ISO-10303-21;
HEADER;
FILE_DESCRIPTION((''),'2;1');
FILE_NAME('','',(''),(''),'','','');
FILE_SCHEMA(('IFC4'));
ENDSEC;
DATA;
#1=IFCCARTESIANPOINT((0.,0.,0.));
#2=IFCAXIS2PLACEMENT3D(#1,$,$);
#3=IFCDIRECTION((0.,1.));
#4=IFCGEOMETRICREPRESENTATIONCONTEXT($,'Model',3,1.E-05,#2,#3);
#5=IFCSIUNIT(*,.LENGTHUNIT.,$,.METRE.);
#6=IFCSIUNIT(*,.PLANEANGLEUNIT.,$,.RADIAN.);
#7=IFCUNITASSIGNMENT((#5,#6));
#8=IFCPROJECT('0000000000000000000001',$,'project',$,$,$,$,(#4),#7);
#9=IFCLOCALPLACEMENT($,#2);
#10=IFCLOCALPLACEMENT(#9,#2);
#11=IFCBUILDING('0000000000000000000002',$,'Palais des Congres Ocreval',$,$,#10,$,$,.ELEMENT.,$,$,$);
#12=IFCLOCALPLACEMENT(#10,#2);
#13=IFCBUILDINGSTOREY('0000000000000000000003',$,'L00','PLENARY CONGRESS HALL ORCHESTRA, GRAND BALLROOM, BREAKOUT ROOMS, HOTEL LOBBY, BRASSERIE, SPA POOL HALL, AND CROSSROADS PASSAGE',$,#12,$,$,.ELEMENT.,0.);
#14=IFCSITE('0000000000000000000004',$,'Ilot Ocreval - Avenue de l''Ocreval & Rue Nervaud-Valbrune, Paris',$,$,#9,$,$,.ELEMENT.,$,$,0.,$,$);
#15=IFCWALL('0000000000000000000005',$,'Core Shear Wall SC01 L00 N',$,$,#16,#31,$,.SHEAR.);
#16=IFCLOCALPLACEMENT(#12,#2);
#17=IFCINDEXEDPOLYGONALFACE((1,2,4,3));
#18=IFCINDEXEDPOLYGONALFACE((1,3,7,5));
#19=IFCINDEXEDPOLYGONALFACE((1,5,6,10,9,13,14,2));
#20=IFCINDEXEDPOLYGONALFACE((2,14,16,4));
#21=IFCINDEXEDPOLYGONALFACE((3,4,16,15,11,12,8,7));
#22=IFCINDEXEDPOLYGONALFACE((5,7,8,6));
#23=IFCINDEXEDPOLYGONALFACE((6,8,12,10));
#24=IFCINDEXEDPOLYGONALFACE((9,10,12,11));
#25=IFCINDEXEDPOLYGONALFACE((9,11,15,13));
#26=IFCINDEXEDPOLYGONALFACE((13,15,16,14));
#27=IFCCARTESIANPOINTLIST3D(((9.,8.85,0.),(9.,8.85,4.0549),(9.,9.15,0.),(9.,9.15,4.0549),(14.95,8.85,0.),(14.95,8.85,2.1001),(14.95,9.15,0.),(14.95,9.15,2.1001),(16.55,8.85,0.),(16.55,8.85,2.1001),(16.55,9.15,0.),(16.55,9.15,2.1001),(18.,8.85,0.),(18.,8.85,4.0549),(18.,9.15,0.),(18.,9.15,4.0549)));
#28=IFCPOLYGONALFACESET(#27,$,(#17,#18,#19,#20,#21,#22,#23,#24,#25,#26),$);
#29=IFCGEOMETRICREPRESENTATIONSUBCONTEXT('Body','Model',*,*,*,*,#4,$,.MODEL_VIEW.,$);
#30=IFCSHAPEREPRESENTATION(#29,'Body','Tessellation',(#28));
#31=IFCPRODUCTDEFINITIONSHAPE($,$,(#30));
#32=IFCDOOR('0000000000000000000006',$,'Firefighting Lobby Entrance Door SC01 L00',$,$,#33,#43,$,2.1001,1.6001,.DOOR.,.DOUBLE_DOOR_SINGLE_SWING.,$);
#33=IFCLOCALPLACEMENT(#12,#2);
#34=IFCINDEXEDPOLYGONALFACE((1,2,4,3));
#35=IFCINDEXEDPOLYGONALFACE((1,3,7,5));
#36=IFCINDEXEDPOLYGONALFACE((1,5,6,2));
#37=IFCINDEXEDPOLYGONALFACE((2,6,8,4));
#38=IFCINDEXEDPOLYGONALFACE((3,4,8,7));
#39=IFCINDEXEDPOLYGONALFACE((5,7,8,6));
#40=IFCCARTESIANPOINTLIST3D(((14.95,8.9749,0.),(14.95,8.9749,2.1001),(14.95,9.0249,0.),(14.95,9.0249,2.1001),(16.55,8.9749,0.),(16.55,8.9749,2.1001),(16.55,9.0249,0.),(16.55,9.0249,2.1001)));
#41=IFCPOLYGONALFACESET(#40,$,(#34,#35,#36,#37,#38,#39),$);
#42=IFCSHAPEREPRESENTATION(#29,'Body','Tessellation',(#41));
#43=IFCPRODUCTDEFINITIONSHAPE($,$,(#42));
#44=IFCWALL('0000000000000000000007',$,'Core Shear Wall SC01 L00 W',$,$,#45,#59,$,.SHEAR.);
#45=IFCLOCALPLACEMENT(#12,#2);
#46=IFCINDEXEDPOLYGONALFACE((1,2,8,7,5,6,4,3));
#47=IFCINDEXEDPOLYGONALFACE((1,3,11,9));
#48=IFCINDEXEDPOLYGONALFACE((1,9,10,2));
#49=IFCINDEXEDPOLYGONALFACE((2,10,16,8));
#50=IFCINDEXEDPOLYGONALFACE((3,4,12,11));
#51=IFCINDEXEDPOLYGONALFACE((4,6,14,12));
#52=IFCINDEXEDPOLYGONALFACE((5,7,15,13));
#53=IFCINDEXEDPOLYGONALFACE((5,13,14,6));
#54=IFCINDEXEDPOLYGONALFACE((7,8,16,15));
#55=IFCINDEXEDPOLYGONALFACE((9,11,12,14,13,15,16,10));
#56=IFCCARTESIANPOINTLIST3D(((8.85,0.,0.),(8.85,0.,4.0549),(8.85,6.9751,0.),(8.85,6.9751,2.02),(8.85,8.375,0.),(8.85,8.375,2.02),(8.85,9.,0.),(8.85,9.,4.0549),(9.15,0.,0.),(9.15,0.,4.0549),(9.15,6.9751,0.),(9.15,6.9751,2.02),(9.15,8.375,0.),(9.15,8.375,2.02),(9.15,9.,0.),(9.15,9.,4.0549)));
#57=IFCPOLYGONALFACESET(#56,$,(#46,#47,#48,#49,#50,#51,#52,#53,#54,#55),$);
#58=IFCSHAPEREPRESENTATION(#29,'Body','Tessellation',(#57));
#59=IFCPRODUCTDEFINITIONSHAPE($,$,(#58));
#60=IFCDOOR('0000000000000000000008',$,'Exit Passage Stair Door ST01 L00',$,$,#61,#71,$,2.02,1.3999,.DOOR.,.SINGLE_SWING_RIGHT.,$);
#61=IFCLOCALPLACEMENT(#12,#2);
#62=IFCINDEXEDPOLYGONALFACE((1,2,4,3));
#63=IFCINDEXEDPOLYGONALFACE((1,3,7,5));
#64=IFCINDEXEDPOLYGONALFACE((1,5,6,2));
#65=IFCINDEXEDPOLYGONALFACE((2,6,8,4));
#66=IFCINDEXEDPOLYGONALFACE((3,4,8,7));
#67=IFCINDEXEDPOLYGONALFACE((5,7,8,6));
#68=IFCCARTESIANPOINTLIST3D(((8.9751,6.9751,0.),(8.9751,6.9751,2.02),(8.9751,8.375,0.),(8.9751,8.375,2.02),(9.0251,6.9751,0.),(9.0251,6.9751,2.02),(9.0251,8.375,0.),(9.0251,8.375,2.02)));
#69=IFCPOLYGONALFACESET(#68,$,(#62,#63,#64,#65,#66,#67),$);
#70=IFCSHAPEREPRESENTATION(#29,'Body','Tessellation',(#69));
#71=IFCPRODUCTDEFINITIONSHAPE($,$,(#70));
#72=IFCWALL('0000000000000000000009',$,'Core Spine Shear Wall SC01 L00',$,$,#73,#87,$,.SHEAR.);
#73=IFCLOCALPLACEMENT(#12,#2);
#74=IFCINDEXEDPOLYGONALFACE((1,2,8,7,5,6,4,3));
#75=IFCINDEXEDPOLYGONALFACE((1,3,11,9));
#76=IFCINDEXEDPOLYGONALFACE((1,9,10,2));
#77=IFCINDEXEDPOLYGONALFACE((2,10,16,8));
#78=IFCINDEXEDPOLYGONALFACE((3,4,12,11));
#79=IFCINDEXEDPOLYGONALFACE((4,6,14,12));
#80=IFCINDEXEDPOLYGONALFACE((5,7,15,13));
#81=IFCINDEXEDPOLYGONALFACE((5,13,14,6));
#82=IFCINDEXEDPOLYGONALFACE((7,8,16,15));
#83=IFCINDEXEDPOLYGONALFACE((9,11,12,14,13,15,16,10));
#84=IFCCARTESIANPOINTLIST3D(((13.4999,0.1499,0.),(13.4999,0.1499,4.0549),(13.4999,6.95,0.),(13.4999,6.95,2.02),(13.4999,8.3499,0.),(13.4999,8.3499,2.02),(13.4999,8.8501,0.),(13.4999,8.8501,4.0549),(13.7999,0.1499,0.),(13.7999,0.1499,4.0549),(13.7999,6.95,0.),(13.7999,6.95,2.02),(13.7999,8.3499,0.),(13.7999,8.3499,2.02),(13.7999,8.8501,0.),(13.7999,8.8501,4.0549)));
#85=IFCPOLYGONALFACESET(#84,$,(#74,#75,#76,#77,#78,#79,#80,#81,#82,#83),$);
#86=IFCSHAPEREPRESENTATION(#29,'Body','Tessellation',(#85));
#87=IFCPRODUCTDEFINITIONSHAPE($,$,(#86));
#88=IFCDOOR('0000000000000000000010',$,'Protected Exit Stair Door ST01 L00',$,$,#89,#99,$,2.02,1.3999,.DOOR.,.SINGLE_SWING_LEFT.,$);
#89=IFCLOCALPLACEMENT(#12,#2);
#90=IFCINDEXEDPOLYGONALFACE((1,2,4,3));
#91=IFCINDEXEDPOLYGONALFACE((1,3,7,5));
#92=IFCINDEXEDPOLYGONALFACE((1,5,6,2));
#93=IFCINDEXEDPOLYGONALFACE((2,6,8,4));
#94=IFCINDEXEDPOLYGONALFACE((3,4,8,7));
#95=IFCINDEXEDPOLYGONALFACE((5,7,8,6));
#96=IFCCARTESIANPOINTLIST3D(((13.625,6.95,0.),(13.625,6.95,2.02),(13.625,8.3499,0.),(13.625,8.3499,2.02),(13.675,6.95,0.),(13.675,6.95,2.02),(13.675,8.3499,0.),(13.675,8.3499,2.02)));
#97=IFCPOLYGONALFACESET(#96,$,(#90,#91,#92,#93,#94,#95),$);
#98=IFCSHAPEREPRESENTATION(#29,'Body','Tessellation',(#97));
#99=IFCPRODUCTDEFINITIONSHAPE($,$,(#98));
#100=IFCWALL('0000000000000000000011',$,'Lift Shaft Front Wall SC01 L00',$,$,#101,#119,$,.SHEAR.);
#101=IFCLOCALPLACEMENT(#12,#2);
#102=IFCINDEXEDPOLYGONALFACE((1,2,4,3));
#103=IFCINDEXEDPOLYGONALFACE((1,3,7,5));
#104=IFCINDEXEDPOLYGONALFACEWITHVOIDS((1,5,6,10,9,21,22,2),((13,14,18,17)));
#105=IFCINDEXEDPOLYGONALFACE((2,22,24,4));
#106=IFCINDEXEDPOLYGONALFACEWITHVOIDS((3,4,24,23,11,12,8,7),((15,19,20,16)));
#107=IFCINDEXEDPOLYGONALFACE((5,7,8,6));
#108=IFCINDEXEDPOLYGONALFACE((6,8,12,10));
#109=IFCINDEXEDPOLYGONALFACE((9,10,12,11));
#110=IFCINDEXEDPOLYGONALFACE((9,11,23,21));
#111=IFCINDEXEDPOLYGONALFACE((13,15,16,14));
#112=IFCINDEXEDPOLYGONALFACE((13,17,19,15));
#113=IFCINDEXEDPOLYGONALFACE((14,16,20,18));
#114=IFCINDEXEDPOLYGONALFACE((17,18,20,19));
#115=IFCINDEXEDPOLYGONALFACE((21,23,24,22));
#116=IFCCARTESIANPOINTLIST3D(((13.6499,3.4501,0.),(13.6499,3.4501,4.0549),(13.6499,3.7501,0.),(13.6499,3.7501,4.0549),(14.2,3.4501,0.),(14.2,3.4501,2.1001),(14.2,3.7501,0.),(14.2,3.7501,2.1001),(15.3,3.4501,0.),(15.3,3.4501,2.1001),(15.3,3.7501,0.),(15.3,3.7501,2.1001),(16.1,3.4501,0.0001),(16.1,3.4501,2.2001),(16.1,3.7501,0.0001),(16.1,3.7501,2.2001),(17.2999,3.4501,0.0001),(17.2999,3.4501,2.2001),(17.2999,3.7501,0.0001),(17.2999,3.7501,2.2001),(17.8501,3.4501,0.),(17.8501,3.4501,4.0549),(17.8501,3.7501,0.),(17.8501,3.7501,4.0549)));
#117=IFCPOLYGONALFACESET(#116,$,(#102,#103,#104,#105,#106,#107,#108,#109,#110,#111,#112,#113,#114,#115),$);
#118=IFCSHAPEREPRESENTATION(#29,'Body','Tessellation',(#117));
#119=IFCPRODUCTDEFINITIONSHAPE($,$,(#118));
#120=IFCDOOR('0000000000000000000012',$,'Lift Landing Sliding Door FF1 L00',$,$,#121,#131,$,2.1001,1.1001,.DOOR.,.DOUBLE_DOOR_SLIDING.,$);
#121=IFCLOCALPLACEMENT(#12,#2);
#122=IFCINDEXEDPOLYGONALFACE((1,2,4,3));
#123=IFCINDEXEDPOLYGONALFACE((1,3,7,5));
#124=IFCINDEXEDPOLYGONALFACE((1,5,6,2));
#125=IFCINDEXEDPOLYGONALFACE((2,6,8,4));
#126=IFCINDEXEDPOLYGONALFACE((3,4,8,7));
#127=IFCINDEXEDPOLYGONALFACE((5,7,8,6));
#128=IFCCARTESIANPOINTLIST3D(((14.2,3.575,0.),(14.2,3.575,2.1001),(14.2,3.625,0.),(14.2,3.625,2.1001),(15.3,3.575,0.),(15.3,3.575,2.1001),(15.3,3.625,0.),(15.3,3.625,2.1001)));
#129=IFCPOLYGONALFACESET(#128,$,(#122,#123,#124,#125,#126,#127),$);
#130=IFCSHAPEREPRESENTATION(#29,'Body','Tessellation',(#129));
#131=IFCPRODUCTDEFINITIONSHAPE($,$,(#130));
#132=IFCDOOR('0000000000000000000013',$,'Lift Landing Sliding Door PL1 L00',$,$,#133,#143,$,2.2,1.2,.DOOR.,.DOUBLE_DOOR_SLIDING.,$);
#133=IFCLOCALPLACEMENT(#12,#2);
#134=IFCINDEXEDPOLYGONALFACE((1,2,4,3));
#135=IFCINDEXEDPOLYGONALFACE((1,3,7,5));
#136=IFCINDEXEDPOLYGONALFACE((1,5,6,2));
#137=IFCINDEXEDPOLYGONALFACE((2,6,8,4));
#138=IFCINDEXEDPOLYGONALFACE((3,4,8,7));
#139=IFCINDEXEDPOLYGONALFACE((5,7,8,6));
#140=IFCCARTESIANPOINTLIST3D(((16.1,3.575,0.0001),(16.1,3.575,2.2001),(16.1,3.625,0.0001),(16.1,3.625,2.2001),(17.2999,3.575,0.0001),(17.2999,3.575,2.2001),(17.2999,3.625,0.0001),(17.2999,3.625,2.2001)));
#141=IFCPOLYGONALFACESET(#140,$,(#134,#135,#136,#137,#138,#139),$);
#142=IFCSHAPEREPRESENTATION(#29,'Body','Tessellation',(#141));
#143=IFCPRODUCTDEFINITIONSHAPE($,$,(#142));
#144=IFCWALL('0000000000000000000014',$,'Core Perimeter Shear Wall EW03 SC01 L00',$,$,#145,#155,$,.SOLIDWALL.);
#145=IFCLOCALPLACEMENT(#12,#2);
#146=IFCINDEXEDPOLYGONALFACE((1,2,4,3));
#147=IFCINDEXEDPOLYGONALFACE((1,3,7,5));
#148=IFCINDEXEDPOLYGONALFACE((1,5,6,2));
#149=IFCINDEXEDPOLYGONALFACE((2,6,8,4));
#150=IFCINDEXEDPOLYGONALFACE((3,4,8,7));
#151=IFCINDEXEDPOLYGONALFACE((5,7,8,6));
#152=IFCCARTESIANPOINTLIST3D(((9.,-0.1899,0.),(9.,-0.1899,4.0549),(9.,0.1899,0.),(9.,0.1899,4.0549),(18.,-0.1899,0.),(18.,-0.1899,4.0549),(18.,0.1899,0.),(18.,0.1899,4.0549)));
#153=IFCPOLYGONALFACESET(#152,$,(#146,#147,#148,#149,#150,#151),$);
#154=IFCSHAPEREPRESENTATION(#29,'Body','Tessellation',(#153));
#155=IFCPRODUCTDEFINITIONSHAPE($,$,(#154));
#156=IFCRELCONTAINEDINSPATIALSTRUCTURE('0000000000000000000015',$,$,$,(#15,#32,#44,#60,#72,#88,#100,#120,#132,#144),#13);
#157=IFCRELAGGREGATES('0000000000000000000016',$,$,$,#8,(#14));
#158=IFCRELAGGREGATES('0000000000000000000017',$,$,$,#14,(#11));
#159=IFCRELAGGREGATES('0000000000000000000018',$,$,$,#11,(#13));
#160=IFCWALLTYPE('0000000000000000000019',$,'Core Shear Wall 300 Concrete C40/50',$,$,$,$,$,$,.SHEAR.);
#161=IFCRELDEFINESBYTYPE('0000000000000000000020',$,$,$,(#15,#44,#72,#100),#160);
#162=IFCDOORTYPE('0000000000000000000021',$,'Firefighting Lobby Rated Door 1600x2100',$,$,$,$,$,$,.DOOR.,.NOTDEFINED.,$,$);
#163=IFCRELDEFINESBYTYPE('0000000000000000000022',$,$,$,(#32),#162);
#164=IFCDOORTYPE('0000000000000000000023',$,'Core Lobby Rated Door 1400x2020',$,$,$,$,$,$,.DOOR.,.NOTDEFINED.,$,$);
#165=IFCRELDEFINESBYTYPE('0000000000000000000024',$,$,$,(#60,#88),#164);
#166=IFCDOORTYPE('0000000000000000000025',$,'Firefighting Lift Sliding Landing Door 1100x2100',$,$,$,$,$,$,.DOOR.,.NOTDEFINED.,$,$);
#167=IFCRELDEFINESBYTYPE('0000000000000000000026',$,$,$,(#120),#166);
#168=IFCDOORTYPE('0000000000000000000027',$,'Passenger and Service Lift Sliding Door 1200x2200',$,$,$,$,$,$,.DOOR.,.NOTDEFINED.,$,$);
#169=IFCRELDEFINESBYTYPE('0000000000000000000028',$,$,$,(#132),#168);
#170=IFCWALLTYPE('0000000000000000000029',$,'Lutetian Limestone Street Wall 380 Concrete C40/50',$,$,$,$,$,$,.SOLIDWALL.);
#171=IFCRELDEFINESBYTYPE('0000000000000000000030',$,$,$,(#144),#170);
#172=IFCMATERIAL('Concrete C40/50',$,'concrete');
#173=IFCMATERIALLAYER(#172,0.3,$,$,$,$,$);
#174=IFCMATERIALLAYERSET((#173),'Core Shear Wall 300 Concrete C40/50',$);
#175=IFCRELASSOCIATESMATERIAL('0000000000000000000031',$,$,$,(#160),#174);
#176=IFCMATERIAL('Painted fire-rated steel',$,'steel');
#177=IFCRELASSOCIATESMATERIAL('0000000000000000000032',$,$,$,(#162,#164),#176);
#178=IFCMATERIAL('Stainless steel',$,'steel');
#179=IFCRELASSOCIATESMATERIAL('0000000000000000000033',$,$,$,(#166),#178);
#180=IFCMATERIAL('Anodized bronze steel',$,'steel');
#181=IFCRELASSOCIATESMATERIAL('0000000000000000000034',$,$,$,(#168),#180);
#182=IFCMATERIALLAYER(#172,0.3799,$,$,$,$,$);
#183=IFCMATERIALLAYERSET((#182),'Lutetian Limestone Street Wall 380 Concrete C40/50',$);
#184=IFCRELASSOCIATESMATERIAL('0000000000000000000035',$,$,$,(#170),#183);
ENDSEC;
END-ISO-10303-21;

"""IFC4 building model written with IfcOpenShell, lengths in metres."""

from ifc_helpers import new_model, si_unit, direction, frame, frame_2d, origin, place, context, subcontext, project, spatial, rectangle, extrude, material, layer, layer_set, type_object, element, fill, save


model = new_model("IFC4")

# Units and contexts
model_context = context("Model", 3, precision=1e-05, world=origin(), true_north=direction((0.0, 1.0)))
body_context = subcontext(model_context, "Body", "Model", "MODEL_VIEW")
ifc_project = project(units=[si_unit("LENGTHUNIT", "METRE"), si_unit("PLANEANGLEUNIT", "RADIAN")], contexts=[model_context])

# Site, building, storey
site_placement = place(None, origin())
site = spatial("IfcSite", under=ifc_project, at=site_placement, Name="Ilot Ocreval - Avenue de l'Ocreval & Rue Nervaud-Valbrune, Paris", CompositionType="ELEMENT", RefElevation=0.0)
building_placement = place(site_placement, origin())
building = spatial("IfcBuilding", under=site, at=building_placement, Name="Palais des Congres Ocreval", CompositionType="ELEMENT")
storey_placement = place(building_placement, origin())
storey = spatial("IfcBuildingStorey", under=building, at=storey_placement, Name="L00", Description="PLENARY CONGRESS HALL ORCHESTRA, GRAND BALLROOM, BREAKOUT ROOMS, HOTEL LOBBY, BRASSERIE, SPA POOL HALL, AND CROSSROADS PASSAGE", CompositionType="ELEMENT", Elevation=0.0)

# Shared definitions
ifc_material_1 = material(Name="Concrete C40/50", Category="concrete")

# Shared definitions
ifc_layer_1 = layer(ifc_material_1, 0.3)
ifc_layer_set_1 = layer_set([ifc_layer_1], Name="Core Shear Wall 300 Concrete C40/50")
wall_type_1 = type_object("IfcWallType", Name="Core Shear Wall 300 Concrete C40/50", PredefinedType="SHEAR", material=ifc_layer_set_1)

# Walls, openings, doors
wall_1_placement = place(storey_placement, frame((9.0, 9.0, 0.0), z_axis=(0.0, 0.0, 1.0), x_axis=(1.0, 0.0, 0.0)))
wall_1 = element("IfcWall", 1, at=wall_1_placement, inside=storey, type_object=wall_type_1, Name="Core Shear Wall SC01 L00 N", PredefinedType="SHEAR", context=body_context, shape_type="SweptSolid", body=[
    extrude(rectangle(XDim=9.0, YDim=0.3, at=frame_2d((4.5, 0.0))), origin(), (0.0, 0.0, 1.0), 4.0549),
])
opening_1_placement = place(wall_1_placement, frame((5.95, 0.0, 0.0)))
opening_1 = element("IfcOpeningElement", 2, at=opening_1_placement, cuts=wall_1, PredefinedType="OPENING", context=body_context, shape_type="SweptSolid", body=[
    extrude(rectangle(XDim=1.6001, YDim=2.1001, at=frame_2d((0.8, 1.05))), frame((0.0, 0.1599, 0.0), z_axis=(0.0, -1.0, 0.0), x_axis=(1.0, 0.0, 0.0)), (0.0, 0.0, 1.0), 0.3201),
])
ifc_material_2 = material(Name="Painted fire-rated steel", Category="steel")
door_type_1 = type_object("IfcDoorType", Name="Firefighting Lobby Rated Door 1600x2100", OperationType="NOTDEFINED", PredefinedType="DOOR", material=ifc_material_2)
door_1_placement = place(opening_1_placement, origin())
door_1 = element("IfcDoor", 3, at=door_1_placement, inside=storey, type_object=door_type_1, Name="Firefighting Lobby Entrance Door SC01 L00", OperationType="DOUBLE_DOOR_SINGLE_SWING", OverallHeight=2.1001, OverallWidth=1.6001, PredefinedType="DOOR", context=body_context, shape_type="SweptSolid", body=[
    extrude(rectangle(XDim=1.6001, YDim=2.1001, at=frame_2d((0.8, 1.05))), frame((0.0, 0.0249, 0.0), z_axis=(0.0, -1.0, 0.0), x_axis=(1.0, 0.0, 0.0)), (0.0, 0.0, 1.0), 0.05),
])
fill(opening_1, door_1)
wall_2_placement = place(storey_placement, frame((9.0, 0.0, 0.0), z_axis=(0.0, 0.0, 1.0), x_axis=(0.0, 1.0, 0.0)))
wall_2 = element("IfcWall", 4, at=wall_2_placement, inside=storey, type_object=wall_type_1, Name="Core Shear Wall SC01 L00 W", PredefinedType="SHEAR", context=body_context, shape_type="SweptSolid", body=[
    extrude(rectangle(XDim=9.0, YDim=0.3, at=frame_2d((4.5, 0.0))), origin(), (0.0, 0.0, 1.0), 4.0549),
])
opening_2_placement = place(wall_2_placement, frame((6.9751, 0.0, 0.0)))
opening_2 = element("IfcOpeningElement", 5, at=opening_2_placement, cuts=wall_2, PredefinedType="OPENING", context=body_context, shape_type="SweptSolid", body=[
    extrude(rectangle(XDim=1.3999, YDim=2.02, at=frame_2d((0.7, 1.01))), frame((0.0, 0.1599, 0.0), z_axis=(0.0, -1.0, 0.0), x_axis=(1.0, 0.0, 0.0)), (0.0, 0.0, 1.0), 0.3201),
])
door_type_2 = type_object("IfcDoorType", Name="Core Lobby Rated Door 1400x2020", OperationType="NOTDEFINED", PredefinedType="DOOR", material=ifc_material_2)
door_2_placement = place(opening_2_placement, origin())
door_2 = element("IfcDoor", 6, at=door_2_placement, inside=storey, type_object=door_type_2, Name="Exit Passage Stair Door ST01 L00", OperationType="SINGLE_SWING_RIGHT", OverallHeight=2.02, OverallWidth=1.3999, PredefinedType="DOOR", context=body_context, shape_type="SweptSolid", body=[
    extrude(rectangle(XDim=1.3999, YDim=2.02, at=frame_2d((0.7, 1.01))), frame((0.0, 0.0249, 0.0), z_axis=(0.0, -1.0, 0.0), x_axis=(1.0, 0.0, 0.0)), (0.0, 0.0, 1.0), 0.05),
])
fill(opening_2, door_2)
wall_3_placement = place(storey_placement, frame((13.6499, 0.1499, 0.0), z_axis=(0.0, 0.0, 1.0), x_axis=(0.0, 1.0, 0.0)))
wall_3 = element("IfcWall", 7, at=wall_3_placement, inside=storey, type_object=wall_type_1, Name="Core Spine Shear Wall SC01 L00", PredefinedType="SHEAR", context=body_context, shape_type="SweptSolid", body=[
    extrude(rectangle(XDim=8.7002, YDim=0.3, at=frame_2d((4.3501, 0.0))), origin(), (0.0, 0.0, 1.0), 4.0549),
])
opening_3_placement = place(wall_3_placement, frame((6.8, 0.0, 0.0)))
opening_3 = element("IfcOpeningElement", 8, at=opening_3_placement, cuts=wall_3, PredefinedType="OPENING", context=body_context, shape_type="SweptSolid", body=[
    extrude(rectangle(XDim=1.3999, YDim=2.02, at=frame_2d((0.7, 1.01))), frame((0.0, 0.1599, 0.0), z_axis=(0.0, -1.0, 0.0), x_axis=(1.0, 0.0, 0.0)), (0.0, 0.0, 1.0), 0.3201),
])
door_3_placement = place(opening_3_placement, origin())
door_3 = element("IfcDoor", 9, at=door_3_placement, inside=storey, type_object=door_type_2, Name="Protected Exit Stair Door ST01 L00", OperationType="SINGLE_SWING_LEFT", OverallHeight=2.02, OverallWidth=1.3999, PredefinedType="DOOR", context=body_context, shape_type="SweptSolid", body=[
    extrude(rectangle(XDim=1.3999, YDim=2.02, at=frame_2d((0.7, 1.01))), frame((0.0, 0.0249, 0.0), z_axis=(0.0, -1.0, 0.0), x_axis=(1.0, 0.0, 0.0)), (0.0, 0.0, 1.0), 0.05),
])
fill(opening_3, door_3)

# Wall, openings, doors
wall_4_placement = place(storey_placement, frame((13.6499, 3.6001, 0.0), z_axis=(0.0, 0.0, 1.0), x_axis=(1.0, 0.0, 0.0)))
wall_4 = element("IfcWall", 10, at=wall_4_placement, inside=storey, type_object=wall_type_1, Name="Lift Shaft Front Wall SC01 L00", PredefinedType="SHEAR", context=body_context, shape_type="SweptSolid", body=[
    extrude(rectangle(XDim=4.2002, YDim=0.3, at=frame_2d((2.1001, 0.0))), origin(), (0.0, 0.0, 1.0), 4.0549),
])
opening_4_placement = place(wall_4_placement, frame((0.55, 0.0, 0.0)))
opening_4 = element("IfcOpeningElement", 11, at=opening_4_placement, cuts=wall_4, PredefinedType="OPENING", context=body_context, shape_type="SweptSolid", body=[
    extrude(rectangle(XDim=1.1001, YDim=2.1001, at=frame_2d((0.55, 1.05))), frame((0.0, 0.1599, 0.0), z_axis=(0.0, -1.0, 0.0), x_axis=(1.0, 0.0, 0.0)), (0.0, 0.0, 1.0), 0.3201),
])
opening_5_placement = place(wall_4_placement, frame((2.45, 0.0, 0.0)))
opening_5 = element("IfcOpeningElement", 12, at=opening_5_placement, cuts=wall_4, PredefinedType="OPENING", context=body_context, shape_type="SweptSolid", body=[
    extrude(rectangle(XDim=1.2, YDim=2.2, at=frame_2d((0.6001, 1.1001))), frame((0.0, 0.1599, 0.0), z_axis=(0.0, -1.0, 0.0), x_axis=(1.0, 0.0, 0.0)), (0.0, 0.0, 1.0), 0.3201),
])
ifc_material_3 = material(Name="Stainless steel", Category="steel")
door_type_3 = type_object("IfcDoorType", Name="Firefighting Lift Sliding Landing Door 1100x2100", OperationType="NOTDEFINED", PredefinedType="DOOR", material=ifc_material_3)
door_4_placement = place(opening_4_placement, origin())
door_4 = element("IfcDoor", 13, at=door_4_placement, inside=storey, type_object=door_type_3, Name="Lift Landing Sliding Door FF1 L00", OperationType="DOUBLE_DOOR_SLIDING", OverallHeight=2.1001, OverallWidth=1.1001, PredefinedType="DOOR", context=body_context, shape_type="SweptSolid", body=[
    extrude(rectangle(XDim=1.1001, YDim=2.1001, at=frame_2d((0.55, 1.05))), frame((0.0, 0.0249, 0.0), z_axis=(0.0, -1.0, 0.0), x_axis=(1.0, 0.0, 0.0)), (0.0, 0.0, 1.0), 0.05),
])
fill(opening_4, door_4)
ifc_material_4 = material(Name="Anodized bronze steel", Category="steel")
door_type_4 = type_object("IfcDoorType", Name="Passenger and Service Lift Sliding Door 1200x2200", OperationType="NOTDEFINED", PredefinedType="DOOR", material=ifc_material_4)
door_5_placement = place(opening_5_placement, origin())
door_5 = element("IfcDoor", 14, at=door_5_placement, inside=storey, type_object=door_type_4, Name="Lift Landing Sliding Door PL1 L00", OperationType="DOUBLE_DOOR_SLIDING", OverallHeight=2.2, OverallWidth=1.2, PredefinedType="DOOR", context=body_context, shape_type="SweptSolid", body=[
    extrude(rectangle(XDim=1.2, YDim=2.2, at=frame_2d((0.6001, 1.1001))), frame((0.0, 0.0249, 0.0), z_axis=(0.0, -1.0, 0.0), x_axis=(1.0, 0.0, 0.0)), (0.0, 0.0, 1.0), 0.05),
])
fill(opening_5, door_5)

# Wall
ifc_layer_2 = layer(ifc_material_1, 0.3799)
ifc_layer_set_2 = layer_set([ifc_layer_2], Name="Lutetian Limestone Street Wall 380 Concrete C40/50")
wall_type_2 = type_object("IfcWallType", Name="Lutetian Limestone Street Wall 380 Concrete C40/50", PredefinedType="SOLIDWALL", material=ifc_layer_set_2)
wall_5_placement = place(storey_placement, frame((18.0, 0.0, 0.0), z_axis=(0.0, 0.0, 1.0), x_axis=(-1.0, 0.0, 0.0)))
element("IfcWall", 15, at=wall_5_placement, inside=storey, type_object=wall_type_2, Name="Core Perimeter Shear Wall EW03 SC01 L00", PredefinedType="SOLIDWALL", context=body_context, shape_type="SweptSolid", body=[
    extrude(rectangle(XDim=9.0, YDim=0.3799, at=frame_2d((4.5, 0.0))), origin(), (0.0, 0.0, 1.0), 4.0549),
])

save(model, "model.ifc")
